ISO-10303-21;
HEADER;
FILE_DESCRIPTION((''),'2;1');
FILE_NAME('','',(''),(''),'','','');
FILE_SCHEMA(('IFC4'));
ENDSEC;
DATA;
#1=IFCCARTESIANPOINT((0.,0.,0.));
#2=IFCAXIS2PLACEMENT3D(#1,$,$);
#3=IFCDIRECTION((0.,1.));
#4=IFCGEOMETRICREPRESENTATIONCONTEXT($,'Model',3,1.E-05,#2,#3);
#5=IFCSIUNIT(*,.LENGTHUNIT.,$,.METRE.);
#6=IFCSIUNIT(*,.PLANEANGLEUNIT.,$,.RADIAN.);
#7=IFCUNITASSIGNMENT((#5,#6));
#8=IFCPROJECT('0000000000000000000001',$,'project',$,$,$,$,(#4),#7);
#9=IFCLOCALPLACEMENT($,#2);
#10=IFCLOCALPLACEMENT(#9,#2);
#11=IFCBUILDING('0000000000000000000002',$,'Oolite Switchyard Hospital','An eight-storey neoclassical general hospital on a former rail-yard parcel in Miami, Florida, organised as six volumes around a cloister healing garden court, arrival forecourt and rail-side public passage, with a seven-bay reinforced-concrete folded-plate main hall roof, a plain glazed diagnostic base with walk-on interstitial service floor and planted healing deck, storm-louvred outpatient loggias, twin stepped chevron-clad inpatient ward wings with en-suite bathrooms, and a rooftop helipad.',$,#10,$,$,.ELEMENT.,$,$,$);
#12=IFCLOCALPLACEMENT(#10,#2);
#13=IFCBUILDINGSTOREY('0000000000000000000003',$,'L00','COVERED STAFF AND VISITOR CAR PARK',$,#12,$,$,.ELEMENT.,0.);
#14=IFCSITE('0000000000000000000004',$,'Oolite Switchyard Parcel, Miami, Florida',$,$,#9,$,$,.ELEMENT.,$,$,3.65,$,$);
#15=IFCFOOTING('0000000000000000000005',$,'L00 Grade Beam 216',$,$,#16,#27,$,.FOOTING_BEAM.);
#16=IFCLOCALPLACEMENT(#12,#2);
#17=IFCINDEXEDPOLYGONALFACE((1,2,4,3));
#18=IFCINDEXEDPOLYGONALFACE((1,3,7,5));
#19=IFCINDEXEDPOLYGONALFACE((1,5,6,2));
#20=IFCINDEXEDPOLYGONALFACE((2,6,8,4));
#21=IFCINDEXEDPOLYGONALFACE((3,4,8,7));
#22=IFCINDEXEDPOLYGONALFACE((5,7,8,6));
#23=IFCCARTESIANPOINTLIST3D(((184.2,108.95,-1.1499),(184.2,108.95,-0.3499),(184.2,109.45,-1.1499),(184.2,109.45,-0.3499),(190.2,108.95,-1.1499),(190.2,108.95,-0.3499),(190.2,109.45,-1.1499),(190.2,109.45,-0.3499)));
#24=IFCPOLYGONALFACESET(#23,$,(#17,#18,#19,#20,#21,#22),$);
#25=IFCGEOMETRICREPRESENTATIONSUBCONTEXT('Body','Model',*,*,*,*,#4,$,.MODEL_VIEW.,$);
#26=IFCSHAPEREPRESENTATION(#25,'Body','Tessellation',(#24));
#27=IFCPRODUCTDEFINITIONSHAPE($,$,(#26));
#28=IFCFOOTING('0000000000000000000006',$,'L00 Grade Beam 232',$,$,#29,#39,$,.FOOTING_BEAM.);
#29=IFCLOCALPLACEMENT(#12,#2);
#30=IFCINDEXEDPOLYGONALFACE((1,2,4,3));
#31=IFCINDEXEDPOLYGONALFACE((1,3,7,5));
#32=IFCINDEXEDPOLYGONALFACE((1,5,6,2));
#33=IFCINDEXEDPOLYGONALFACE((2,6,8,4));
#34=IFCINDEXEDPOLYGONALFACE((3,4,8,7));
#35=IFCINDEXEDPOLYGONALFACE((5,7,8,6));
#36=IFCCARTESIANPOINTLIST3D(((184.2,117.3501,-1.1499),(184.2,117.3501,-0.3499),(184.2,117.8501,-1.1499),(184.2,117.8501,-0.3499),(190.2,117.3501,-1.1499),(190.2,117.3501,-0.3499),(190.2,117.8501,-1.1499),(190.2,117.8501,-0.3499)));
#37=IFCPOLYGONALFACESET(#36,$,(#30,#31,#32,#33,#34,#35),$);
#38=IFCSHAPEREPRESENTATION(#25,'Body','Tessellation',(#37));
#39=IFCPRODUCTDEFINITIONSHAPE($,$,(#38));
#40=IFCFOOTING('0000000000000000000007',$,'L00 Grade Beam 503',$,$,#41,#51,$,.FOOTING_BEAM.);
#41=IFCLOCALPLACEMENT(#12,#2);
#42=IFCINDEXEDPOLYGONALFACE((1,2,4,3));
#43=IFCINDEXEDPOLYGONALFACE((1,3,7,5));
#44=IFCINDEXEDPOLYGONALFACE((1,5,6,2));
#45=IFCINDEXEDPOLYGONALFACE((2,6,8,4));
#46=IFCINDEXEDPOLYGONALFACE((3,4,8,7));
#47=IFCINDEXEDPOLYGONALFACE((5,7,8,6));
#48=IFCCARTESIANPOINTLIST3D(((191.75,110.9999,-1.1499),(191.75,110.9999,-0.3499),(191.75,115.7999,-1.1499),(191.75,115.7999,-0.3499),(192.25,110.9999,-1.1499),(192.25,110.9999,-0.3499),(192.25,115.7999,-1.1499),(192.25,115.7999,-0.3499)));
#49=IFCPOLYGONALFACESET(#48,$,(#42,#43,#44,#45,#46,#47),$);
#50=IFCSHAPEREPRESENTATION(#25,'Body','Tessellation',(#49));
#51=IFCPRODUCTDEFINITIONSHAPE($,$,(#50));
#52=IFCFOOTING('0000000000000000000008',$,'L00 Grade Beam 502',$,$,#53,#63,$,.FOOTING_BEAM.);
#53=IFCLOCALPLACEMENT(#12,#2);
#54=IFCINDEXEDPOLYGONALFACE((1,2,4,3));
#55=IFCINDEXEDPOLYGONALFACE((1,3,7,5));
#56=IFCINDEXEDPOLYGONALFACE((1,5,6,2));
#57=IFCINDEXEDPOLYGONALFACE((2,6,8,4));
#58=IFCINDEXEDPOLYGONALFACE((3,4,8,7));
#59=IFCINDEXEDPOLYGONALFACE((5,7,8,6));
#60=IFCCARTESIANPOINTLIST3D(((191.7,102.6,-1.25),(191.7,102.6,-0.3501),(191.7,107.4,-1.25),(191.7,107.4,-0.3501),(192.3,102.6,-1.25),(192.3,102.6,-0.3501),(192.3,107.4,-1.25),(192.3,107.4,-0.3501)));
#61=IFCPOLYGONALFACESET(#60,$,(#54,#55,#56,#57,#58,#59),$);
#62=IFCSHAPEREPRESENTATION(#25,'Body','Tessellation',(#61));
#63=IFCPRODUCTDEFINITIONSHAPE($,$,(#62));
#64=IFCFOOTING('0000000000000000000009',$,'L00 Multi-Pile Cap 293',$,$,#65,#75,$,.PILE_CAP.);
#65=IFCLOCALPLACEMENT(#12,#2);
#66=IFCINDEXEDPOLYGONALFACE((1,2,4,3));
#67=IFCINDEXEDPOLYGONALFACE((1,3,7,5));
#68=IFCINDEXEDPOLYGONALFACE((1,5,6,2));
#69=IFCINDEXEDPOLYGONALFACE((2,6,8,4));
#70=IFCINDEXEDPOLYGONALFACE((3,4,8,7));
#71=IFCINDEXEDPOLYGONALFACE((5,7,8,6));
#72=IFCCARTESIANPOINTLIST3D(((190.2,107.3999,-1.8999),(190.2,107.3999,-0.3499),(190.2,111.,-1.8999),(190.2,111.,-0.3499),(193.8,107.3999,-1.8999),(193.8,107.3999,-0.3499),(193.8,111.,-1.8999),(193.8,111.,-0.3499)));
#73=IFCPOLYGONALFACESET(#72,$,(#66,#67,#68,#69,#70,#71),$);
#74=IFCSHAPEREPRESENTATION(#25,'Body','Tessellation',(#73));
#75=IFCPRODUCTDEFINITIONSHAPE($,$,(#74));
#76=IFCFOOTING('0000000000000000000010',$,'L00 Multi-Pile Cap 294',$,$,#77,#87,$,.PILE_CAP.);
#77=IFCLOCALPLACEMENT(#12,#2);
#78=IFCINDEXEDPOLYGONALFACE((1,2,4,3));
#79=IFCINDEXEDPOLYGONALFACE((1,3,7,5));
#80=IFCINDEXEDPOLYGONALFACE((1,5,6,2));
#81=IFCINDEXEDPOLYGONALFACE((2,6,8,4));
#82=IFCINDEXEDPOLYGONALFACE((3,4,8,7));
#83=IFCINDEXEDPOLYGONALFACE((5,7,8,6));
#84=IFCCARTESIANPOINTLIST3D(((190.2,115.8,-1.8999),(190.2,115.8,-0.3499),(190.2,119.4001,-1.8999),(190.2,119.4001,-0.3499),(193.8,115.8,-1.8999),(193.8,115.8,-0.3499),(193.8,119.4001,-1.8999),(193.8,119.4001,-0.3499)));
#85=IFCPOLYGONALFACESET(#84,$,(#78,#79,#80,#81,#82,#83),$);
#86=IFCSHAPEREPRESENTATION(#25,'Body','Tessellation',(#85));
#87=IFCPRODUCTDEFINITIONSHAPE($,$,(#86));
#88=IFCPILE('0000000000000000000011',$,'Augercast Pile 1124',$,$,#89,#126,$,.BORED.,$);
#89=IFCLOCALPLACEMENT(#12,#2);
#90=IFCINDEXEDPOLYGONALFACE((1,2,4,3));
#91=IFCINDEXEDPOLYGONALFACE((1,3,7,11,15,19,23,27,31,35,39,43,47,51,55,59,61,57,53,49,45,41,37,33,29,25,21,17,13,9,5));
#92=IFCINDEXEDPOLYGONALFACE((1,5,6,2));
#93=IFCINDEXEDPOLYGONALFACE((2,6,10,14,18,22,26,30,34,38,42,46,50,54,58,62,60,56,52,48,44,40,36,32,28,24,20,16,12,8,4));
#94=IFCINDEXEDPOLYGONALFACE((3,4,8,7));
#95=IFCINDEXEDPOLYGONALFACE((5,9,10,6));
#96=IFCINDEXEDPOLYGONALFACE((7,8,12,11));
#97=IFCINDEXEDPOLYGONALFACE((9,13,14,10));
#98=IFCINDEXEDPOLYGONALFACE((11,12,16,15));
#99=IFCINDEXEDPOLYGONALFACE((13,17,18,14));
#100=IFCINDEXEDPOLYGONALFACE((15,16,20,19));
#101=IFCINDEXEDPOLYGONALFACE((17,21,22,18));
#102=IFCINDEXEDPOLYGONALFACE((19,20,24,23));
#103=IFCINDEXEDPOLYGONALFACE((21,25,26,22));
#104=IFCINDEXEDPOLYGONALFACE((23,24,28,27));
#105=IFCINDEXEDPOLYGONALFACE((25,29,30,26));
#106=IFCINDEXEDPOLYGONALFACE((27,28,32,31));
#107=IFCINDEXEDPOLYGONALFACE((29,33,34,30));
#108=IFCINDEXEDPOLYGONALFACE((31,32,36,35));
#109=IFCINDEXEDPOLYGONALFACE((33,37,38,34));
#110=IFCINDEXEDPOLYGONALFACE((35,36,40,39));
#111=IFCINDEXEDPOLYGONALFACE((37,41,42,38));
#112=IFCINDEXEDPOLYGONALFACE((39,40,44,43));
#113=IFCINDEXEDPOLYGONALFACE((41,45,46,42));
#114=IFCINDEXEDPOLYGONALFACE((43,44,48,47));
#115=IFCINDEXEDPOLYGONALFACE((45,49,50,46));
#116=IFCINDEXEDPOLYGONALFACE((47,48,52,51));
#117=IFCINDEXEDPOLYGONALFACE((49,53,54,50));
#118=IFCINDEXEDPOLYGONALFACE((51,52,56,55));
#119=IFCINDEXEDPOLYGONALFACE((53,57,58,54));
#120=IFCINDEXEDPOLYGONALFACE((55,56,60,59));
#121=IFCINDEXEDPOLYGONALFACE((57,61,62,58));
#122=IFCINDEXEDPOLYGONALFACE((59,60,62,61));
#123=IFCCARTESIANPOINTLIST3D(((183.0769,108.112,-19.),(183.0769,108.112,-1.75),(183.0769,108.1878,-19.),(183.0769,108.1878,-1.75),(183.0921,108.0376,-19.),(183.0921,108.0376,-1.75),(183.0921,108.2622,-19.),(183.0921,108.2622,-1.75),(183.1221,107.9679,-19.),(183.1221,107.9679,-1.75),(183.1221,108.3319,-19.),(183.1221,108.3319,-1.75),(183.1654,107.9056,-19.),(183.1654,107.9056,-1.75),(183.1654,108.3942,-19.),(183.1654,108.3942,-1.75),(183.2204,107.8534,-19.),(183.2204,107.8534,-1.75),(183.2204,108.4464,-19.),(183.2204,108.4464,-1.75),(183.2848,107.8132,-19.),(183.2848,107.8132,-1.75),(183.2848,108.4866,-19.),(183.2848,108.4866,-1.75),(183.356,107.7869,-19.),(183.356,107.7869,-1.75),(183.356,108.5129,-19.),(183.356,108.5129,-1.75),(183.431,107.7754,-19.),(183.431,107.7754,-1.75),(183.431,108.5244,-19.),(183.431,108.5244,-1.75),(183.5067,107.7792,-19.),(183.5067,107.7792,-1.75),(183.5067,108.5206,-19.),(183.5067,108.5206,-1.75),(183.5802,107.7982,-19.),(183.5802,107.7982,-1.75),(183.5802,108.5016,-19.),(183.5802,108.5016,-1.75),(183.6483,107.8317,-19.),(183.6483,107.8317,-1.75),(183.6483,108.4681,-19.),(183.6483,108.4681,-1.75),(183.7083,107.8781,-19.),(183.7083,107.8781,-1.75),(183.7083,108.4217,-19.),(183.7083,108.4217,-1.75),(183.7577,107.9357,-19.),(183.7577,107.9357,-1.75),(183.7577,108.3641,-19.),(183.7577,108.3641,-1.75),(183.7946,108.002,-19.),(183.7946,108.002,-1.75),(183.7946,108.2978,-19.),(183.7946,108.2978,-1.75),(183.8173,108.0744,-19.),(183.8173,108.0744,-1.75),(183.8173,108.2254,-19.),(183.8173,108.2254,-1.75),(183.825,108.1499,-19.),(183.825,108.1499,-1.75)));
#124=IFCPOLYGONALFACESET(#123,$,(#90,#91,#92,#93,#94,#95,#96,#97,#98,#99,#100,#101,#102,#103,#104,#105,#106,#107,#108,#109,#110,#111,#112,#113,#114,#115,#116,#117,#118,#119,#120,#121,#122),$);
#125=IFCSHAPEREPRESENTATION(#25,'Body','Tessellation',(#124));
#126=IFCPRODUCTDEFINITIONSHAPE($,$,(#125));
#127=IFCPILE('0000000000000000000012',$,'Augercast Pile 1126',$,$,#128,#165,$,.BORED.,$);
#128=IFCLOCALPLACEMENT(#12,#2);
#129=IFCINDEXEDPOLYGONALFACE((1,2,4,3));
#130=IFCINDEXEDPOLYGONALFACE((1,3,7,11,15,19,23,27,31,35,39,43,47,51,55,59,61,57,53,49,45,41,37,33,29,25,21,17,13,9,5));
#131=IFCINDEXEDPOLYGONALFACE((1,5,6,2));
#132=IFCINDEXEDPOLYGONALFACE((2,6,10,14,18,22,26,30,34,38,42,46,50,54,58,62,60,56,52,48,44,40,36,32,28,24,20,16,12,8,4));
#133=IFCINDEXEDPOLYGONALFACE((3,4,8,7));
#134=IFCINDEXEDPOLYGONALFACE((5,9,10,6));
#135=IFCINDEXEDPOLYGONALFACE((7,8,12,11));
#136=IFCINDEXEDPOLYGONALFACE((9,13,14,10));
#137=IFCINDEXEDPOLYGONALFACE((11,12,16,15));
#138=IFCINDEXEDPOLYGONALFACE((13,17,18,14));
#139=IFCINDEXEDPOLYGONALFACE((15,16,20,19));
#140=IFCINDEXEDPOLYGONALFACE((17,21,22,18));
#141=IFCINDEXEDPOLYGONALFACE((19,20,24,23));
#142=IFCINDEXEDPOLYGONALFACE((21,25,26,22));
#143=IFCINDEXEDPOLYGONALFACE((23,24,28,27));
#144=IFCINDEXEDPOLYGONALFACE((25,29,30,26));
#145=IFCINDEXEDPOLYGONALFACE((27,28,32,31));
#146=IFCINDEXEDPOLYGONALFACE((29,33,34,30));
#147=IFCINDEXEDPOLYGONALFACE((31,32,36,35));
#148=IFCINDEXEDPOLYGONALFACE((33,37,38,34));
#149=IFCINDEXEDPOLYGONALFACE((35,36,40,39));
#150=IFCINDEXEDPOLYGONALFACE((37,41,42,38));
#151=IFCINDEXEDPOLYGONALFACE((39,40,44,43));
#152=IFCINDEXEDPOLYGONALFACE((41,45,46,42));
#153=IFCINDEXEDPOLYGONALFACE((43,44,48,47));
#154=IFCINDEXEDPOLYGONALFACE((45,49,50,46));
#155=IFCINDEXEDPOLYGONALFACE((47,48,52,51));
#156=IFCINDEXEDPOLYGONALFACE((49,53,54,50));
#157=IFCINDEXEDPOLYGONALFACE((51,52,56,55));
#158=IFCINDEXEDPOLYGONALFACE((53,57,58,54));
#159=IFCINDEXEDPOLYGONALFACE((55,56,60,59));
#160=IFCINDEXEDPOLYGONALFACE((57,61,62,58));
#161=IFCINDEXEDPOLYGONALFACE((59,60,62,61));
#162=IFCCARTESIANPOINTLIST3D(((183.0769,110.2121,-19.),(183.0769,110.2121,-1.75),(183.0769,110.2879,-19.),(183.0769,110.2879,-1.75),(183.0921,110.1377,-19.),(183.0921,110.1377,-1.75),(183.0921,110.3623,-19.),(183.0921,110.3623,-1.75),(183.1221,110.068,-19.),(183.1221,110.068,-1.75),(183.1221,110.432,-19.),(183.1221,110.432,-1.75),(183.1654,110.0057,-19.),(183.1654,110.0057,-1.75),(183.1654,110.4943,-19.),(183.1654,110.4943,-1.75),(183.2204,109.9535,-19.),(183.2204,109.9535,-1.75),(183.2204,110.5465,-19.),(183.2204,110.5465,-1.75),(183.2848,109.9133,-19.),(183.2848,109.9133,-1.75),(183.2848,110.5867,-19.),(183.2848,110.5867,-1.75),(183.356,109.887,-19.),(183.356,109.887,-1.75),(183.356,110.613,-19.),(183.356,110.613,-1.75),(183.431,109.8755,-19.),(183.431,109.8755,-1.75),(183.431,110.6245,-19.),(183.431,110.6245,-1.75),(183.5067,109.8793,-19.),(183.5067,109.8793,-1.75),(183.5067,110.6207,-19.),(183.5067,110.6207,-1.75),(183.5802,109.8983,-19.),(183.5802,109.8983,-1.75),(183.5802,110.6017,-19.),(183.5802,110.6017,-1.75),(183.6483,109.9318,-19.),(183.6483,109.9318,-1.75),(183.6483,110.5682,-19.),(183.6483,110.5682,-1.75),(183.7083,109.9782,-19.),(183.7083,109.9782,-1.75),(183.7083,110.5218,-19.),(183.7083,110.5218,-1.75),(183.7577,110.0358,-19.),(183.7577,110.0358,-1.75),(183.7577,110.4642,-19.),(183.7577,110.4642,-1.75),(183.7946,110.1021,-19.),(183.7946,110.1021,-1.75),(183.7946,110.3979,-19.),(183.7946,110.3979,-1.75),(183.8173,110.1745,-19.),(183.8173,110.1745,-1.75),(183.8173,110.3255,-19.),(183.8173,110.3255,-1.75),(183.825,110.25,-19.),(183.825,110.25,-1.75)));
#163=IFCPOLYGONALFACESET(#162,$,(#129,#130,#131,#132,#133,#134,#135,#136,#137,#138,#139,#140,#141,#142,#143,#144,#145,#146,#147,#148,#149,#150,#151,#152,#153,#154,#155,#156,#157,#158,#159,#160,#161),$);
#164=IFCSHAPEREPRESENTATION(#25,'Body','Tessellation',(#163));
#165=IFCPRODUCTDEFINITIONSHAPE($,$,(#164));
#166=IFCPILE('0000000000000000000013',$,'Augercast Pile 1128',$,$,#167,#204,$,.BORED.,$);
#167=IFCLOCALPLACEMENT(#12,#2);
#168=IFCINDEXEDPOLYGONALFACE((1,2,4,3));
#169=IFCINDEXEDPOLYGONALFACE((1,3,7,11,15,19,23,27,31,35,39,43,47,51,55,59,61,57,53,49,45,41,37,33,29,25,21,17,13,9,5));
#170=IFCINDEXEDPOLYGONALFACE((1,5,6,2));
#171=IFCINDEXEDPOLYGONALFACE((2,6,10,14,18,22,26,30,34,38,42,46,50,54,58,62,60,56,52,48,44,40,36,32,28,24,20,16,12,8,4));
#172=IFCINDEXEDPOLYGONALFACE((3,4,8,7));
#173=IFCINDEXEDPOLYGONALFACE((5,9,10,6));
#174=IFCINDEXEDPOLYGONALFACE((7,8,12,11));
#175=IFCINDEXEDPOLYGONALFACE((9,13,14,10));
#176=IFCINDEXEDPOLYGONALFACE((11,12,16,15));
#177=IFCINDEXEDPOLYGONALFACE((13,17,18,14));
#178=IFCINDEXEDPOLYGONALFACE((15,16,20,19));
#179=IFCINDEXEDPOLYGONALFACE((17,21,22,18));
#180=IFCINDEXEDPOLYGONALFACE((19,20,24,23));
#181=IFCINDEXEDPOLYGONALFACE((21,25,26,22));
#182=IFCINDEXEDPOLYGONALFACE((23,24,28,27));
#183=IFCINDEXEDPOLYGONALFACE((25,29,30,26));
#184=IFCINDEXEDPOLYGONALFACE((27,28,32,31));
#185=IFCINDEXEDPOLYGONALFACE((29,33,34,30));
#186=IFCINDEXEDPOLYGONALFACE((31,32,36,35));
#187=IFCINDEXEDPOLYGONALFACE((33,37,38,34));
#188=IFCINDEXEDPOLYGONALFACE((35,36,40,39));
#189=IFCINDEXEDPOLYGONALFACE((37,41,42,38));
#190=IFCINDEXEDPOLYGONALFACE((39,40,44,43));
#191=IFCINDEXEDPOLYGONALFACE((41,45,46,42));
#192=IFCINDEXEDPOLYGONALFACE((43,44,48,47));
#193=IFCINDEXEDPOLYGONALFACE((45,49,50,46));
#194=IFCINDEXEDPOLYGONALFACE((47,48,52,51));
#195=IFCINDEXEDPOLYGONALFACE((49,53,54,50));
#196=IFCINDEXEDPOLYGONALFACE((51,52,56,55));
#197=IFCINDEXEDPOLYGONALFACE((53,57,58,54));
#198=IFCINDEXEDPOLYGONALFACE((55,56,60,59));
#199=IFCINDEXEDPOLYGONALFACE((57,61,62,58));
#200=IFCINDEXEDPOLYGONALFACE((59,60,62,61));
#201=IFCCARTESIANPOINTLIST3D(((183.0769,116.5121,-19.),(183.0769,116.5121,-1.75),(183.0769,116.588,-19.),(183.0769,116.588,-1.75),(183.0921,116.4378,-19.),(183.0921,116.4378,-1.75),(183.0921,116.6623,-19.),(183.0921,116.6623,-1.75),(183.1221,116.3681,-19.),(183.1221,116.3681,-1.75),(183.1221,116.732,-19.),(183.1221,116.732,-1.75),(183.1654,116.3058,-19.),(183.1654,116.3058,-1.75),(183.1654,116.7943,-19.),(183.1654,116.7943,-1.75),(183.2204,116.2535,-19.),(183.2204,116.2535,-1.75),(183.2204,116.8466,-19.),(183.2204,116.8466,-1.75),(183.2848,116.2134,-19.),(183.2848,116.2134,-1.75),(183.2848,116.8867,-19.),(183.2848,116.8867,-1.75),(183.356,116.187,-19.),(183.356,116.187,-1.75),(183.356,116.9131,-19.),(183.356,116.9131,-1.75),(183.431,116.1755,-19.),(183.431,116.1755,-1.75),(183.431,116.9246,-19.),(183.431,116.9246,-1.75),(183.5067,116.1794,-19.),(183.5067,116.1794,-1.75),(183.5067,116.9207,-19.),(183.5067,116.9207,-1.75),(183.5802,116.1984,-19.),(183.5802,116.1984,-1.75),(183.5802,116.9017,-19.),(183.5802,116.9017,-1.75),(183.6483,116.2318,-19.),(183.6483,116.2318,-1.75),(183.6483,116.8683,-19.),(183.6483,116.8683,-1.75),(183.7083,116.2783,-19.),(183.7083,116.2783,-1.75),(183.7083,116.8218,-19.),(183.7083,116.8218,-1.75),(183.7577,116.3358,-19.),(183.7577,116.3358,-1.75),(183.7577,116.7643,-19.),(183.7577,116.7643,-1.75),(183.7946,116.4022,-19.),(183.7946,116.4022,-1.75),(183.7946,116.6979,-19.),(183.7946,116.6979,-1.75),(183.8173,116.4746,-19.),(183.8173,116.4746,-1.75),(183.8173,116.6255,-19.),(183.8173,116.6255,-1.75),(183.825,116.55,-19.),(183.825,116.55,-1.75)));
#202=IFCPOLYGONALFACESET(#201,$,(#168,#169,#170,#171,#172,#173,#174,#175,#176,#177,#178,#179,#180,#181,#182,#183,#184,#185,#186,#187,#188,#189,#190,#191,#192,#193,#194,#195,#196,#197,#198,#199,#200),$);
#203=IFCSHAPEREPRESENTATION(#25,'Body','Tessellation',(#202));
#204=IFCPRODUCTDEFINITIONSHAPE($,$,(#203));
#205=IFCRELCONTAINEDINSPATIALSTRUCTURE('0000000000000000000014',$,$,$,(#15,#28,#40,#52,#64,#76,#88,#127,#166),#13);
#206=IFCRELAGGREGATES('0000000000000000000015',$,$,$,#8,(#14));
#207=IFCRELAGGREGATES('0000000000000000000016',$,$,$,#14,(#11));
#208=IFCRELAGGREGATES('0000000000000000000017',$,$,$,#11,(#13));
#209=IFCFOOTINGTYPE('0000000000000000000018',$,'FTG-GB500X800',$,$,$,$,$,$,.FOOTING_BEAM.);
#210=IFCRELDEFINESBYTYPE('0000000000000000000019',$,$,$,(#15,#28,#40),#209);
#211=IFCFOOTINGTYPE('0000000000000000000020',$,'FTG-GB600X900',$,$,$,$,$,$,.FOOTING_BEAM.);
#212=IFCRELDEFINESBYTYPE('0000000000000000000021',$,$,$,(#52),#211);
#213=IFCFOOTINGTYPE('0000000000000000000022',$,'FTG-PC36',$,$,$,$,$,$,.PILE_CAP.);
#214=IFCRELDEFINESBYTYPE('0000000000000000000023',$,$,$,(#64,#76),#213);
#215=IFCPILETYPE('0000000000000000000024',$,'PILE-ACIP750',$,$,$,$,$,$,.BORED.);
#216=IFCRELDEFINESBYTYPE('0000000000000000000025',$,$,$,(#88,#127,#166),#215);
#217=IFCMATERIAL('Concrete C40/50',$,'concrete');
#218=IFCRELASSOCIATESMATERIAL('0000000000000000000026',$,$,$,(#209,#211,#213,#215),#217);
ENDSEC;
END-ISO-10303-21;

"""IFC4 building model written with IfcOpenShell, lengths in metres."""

from ifc_helpers import new_model, si_unit, direction, frame, origin, origin_2d, place, context, subcontext, project, spatial, rectangle, circle, extrude, material, material_profile, profile_set, type_object, element, save


model = new_model("IFC4")

# Units and contexts
model_context = context("Model", 3, precision=1e-05, world=origin(), true_north=direction((0.0, 1.0)))
body_context = subcontext(model_context, "Body", "Model", "MODEL_VIEW")
ifc_project = project(units=[si_unit("LENGTHUNIT", "METRE"), si_unit("PLANEANGLEUNIT", "RADIAN")], contexts=[model_context])

# Site, building, storey
site_placement = place(None, origin())
site = spatial("IfcSite", under=ifc_project, at=site_placement, Name="Oolite Switchyard Parcel, Miami, Florida", CompositionType="ELEMENT", RefElevation=3.65)
building_placement = place(site_placement, origin())
building = spatial("IfcBuilding", under=site, at=building_placement, Name="Oolite Switchyard Hospital", Description="An eight-storey neoclassical general hospital on a former rail-yard parcel in Miami, Florida, organised as six volumes around a cloister healing garden court, arrival forecourt and rail-side public passage, with a seven-bay reinforced-concrete folded-plate main hall roof, a plain glazed diagnostic base with walk-on interstitial service floor and planted healing deck, storm-louvred outpatient loggias, twin stepped chevron-clad inpatient ward wings with en-suite bathrooms, and a rooftop helipad.", CompositionType="ELEMENT")
storey_placement = place(building_placement, origin())
storey = spatial("IfcBuildingStorey", under=building, at=storey_placement, Name="L00", Description="COVERED STAFF AND VISITOR CAR PARK", CompositionType="ELEMENT", Elevation=0.0)

# Footings
ifc_material_1 = material(Name="Concrete C40/50", Category="concrete")
footing_type_1 = type_object("IfcFootingType", Name="FTG-GB500X800", PredefinedType="FOOTING_BEAM", material=ifc_material_1)
for number, where, z_axis, x_axis, name in (
    (1, (187.2, 109.2, -1.1499), (0.0, 0.0, 1.0), (1.0, 0.0, 0.0), "L00 Grade Beam 216"),
    (2, (187.2, 117.6001, -1.1499), (0.0, 0.0, 1.0), (1.0, 0.0, 0.0), "L00 Grade Beam 232"),
):
    element("IfcFooting", number, at=place(storey_placement, frame(where, z_axis=z_axis, x_axis=x_axis)), inside=storey, type_object=footing_type_1, Name=name, PredefinedType="FOOTING_BEAM", context=body_context, shape_type="SweptSolid", body=[
        extrude(rectangle(XDim=6.0, YDim=0.5, at=origin_2d()), origin(), (0.0, 0.0, 1.0), 0.8),
    ])
footing_1_placement = place(storey_placement, frame((192.0, 113.3999, -1.1499), z_axis=(0.0, 0.0, 1.0), x_axis=(0.0, 1.0, 0.0)))
element("IfcFooting", 3, at=footing_1_placement, inside=storey, type_object=footing_type_1, Name="L00 Grade Beam 503", PredefinedType="FOOTING_BEAM", context=body_context, shape_type="SweptSolid", body=[
    extrude(rectangle(XDim=4.8, YDim=0.5, at=origin_2d()), origin(), (0.0, 0.0, 1.0), 0.8),
])
footing_type_2 = type_object("IfcFootingType", Name="FTG-GB600X900", PredefinedType="FOOTING_BEAM", material=ifc_material_1)
footing_2_placement = place(storey_placement, frame((192.0, 105.0, -1.25), z_axis=(0.0, 0.0, 1.0), x_axis=(0.0, 1.0, 0.0)))
element("IfcFooting", 4, at=footing_2_placement, inside=storey, type_object=footing_type_2, Name="L00 Grade Beam 502", PredefinedType="FOOTING_BEAM", context=body_context, shape_type="SweptSolid", body=[
    extrude(rectangle(XDim=4.8, YDim=0.6001, at=origin_2d()), origin(), (0.0, 0.0, 1.0), 0.8999),
])
footing_type_3 = type_object("IfcFootingType", Name="FTG-PC36", PredefinedType="PILE_CAP", material=ifc_material_1)
for number, where, z_axis, x_axis, name in (
    (5, (192.0, 109.2, -1.8999), (0.0, 0.0, 1.0), (1.0, 0.0, 0.0), "L00 Multi-Pile Cap 293"),
    (6, (192.0, 117.6001, -1.8999), (0.0, 0.0, 1.0), (1.0, 0.0, 0.0), "L00 Multi-Pile Cap 294"),
):
    element("IfcFooting", number, at=place(storey_placement, frame(where, z_axis=z_axis, x_axis=x_axis)), inside=storey, type_object=footing_type_3, Name=name, PredefinedType="PILE_CAP", context=body_context, shape_type="SweptSolid", body=[
        extrude(rectangle(XDim=3.6001, YDim=3.6001, at=origin_2d()), origin(), (0.0, 0.0, 1.0), 1.55),
    ])

# Piles
ifc_material_profile_1 = material_profile(ifc_material_1, circle(Radius=0.375, at=origin_2d()), Name="PILE750")
ifc_profile_set_1 = profile_set([ifc_material_profile_1], Name="Concrete C40/50")
pile_type = type_object("IfcPileType", Name="PILE-ACIP750", PredefinedType="BORED", material=ifc_profile_set_1)
for number, where, z_axis, x_axis, name in (
    (7, (183.45, 108.1499, -1.75), (0.0, 0.0, -1.0), (1.0, 0.0, 0.0), "Augercast Pile 1124"),
    (8, (183.45, 110.25, -1.75), (0.0, 0.0, -1.0), (1.0, 0.0, 0.0), "Augercast Pile 1126"),
    (9, (183.45, 116.55, -1.75), (0.0, 0.0, -1.0), (1.0, 0.0, 0.0), "Augercast Pile 1128"),
):
    element("IfcPile", number, at=place(storey_placement, frame(where, z_axis=z_axis, x_axis=x_axis)), inside=storey, type_object=pile_type, Name=name, PredefinedType="BORED", context=body_context, shape_type="SweptSolid", body=[
        extrude(circle(Radius=0.375, at=origin_2d()), origin(), (0.0, 0.0, 1.0), 17.25),
    ])

save(model, "model.ifc")
